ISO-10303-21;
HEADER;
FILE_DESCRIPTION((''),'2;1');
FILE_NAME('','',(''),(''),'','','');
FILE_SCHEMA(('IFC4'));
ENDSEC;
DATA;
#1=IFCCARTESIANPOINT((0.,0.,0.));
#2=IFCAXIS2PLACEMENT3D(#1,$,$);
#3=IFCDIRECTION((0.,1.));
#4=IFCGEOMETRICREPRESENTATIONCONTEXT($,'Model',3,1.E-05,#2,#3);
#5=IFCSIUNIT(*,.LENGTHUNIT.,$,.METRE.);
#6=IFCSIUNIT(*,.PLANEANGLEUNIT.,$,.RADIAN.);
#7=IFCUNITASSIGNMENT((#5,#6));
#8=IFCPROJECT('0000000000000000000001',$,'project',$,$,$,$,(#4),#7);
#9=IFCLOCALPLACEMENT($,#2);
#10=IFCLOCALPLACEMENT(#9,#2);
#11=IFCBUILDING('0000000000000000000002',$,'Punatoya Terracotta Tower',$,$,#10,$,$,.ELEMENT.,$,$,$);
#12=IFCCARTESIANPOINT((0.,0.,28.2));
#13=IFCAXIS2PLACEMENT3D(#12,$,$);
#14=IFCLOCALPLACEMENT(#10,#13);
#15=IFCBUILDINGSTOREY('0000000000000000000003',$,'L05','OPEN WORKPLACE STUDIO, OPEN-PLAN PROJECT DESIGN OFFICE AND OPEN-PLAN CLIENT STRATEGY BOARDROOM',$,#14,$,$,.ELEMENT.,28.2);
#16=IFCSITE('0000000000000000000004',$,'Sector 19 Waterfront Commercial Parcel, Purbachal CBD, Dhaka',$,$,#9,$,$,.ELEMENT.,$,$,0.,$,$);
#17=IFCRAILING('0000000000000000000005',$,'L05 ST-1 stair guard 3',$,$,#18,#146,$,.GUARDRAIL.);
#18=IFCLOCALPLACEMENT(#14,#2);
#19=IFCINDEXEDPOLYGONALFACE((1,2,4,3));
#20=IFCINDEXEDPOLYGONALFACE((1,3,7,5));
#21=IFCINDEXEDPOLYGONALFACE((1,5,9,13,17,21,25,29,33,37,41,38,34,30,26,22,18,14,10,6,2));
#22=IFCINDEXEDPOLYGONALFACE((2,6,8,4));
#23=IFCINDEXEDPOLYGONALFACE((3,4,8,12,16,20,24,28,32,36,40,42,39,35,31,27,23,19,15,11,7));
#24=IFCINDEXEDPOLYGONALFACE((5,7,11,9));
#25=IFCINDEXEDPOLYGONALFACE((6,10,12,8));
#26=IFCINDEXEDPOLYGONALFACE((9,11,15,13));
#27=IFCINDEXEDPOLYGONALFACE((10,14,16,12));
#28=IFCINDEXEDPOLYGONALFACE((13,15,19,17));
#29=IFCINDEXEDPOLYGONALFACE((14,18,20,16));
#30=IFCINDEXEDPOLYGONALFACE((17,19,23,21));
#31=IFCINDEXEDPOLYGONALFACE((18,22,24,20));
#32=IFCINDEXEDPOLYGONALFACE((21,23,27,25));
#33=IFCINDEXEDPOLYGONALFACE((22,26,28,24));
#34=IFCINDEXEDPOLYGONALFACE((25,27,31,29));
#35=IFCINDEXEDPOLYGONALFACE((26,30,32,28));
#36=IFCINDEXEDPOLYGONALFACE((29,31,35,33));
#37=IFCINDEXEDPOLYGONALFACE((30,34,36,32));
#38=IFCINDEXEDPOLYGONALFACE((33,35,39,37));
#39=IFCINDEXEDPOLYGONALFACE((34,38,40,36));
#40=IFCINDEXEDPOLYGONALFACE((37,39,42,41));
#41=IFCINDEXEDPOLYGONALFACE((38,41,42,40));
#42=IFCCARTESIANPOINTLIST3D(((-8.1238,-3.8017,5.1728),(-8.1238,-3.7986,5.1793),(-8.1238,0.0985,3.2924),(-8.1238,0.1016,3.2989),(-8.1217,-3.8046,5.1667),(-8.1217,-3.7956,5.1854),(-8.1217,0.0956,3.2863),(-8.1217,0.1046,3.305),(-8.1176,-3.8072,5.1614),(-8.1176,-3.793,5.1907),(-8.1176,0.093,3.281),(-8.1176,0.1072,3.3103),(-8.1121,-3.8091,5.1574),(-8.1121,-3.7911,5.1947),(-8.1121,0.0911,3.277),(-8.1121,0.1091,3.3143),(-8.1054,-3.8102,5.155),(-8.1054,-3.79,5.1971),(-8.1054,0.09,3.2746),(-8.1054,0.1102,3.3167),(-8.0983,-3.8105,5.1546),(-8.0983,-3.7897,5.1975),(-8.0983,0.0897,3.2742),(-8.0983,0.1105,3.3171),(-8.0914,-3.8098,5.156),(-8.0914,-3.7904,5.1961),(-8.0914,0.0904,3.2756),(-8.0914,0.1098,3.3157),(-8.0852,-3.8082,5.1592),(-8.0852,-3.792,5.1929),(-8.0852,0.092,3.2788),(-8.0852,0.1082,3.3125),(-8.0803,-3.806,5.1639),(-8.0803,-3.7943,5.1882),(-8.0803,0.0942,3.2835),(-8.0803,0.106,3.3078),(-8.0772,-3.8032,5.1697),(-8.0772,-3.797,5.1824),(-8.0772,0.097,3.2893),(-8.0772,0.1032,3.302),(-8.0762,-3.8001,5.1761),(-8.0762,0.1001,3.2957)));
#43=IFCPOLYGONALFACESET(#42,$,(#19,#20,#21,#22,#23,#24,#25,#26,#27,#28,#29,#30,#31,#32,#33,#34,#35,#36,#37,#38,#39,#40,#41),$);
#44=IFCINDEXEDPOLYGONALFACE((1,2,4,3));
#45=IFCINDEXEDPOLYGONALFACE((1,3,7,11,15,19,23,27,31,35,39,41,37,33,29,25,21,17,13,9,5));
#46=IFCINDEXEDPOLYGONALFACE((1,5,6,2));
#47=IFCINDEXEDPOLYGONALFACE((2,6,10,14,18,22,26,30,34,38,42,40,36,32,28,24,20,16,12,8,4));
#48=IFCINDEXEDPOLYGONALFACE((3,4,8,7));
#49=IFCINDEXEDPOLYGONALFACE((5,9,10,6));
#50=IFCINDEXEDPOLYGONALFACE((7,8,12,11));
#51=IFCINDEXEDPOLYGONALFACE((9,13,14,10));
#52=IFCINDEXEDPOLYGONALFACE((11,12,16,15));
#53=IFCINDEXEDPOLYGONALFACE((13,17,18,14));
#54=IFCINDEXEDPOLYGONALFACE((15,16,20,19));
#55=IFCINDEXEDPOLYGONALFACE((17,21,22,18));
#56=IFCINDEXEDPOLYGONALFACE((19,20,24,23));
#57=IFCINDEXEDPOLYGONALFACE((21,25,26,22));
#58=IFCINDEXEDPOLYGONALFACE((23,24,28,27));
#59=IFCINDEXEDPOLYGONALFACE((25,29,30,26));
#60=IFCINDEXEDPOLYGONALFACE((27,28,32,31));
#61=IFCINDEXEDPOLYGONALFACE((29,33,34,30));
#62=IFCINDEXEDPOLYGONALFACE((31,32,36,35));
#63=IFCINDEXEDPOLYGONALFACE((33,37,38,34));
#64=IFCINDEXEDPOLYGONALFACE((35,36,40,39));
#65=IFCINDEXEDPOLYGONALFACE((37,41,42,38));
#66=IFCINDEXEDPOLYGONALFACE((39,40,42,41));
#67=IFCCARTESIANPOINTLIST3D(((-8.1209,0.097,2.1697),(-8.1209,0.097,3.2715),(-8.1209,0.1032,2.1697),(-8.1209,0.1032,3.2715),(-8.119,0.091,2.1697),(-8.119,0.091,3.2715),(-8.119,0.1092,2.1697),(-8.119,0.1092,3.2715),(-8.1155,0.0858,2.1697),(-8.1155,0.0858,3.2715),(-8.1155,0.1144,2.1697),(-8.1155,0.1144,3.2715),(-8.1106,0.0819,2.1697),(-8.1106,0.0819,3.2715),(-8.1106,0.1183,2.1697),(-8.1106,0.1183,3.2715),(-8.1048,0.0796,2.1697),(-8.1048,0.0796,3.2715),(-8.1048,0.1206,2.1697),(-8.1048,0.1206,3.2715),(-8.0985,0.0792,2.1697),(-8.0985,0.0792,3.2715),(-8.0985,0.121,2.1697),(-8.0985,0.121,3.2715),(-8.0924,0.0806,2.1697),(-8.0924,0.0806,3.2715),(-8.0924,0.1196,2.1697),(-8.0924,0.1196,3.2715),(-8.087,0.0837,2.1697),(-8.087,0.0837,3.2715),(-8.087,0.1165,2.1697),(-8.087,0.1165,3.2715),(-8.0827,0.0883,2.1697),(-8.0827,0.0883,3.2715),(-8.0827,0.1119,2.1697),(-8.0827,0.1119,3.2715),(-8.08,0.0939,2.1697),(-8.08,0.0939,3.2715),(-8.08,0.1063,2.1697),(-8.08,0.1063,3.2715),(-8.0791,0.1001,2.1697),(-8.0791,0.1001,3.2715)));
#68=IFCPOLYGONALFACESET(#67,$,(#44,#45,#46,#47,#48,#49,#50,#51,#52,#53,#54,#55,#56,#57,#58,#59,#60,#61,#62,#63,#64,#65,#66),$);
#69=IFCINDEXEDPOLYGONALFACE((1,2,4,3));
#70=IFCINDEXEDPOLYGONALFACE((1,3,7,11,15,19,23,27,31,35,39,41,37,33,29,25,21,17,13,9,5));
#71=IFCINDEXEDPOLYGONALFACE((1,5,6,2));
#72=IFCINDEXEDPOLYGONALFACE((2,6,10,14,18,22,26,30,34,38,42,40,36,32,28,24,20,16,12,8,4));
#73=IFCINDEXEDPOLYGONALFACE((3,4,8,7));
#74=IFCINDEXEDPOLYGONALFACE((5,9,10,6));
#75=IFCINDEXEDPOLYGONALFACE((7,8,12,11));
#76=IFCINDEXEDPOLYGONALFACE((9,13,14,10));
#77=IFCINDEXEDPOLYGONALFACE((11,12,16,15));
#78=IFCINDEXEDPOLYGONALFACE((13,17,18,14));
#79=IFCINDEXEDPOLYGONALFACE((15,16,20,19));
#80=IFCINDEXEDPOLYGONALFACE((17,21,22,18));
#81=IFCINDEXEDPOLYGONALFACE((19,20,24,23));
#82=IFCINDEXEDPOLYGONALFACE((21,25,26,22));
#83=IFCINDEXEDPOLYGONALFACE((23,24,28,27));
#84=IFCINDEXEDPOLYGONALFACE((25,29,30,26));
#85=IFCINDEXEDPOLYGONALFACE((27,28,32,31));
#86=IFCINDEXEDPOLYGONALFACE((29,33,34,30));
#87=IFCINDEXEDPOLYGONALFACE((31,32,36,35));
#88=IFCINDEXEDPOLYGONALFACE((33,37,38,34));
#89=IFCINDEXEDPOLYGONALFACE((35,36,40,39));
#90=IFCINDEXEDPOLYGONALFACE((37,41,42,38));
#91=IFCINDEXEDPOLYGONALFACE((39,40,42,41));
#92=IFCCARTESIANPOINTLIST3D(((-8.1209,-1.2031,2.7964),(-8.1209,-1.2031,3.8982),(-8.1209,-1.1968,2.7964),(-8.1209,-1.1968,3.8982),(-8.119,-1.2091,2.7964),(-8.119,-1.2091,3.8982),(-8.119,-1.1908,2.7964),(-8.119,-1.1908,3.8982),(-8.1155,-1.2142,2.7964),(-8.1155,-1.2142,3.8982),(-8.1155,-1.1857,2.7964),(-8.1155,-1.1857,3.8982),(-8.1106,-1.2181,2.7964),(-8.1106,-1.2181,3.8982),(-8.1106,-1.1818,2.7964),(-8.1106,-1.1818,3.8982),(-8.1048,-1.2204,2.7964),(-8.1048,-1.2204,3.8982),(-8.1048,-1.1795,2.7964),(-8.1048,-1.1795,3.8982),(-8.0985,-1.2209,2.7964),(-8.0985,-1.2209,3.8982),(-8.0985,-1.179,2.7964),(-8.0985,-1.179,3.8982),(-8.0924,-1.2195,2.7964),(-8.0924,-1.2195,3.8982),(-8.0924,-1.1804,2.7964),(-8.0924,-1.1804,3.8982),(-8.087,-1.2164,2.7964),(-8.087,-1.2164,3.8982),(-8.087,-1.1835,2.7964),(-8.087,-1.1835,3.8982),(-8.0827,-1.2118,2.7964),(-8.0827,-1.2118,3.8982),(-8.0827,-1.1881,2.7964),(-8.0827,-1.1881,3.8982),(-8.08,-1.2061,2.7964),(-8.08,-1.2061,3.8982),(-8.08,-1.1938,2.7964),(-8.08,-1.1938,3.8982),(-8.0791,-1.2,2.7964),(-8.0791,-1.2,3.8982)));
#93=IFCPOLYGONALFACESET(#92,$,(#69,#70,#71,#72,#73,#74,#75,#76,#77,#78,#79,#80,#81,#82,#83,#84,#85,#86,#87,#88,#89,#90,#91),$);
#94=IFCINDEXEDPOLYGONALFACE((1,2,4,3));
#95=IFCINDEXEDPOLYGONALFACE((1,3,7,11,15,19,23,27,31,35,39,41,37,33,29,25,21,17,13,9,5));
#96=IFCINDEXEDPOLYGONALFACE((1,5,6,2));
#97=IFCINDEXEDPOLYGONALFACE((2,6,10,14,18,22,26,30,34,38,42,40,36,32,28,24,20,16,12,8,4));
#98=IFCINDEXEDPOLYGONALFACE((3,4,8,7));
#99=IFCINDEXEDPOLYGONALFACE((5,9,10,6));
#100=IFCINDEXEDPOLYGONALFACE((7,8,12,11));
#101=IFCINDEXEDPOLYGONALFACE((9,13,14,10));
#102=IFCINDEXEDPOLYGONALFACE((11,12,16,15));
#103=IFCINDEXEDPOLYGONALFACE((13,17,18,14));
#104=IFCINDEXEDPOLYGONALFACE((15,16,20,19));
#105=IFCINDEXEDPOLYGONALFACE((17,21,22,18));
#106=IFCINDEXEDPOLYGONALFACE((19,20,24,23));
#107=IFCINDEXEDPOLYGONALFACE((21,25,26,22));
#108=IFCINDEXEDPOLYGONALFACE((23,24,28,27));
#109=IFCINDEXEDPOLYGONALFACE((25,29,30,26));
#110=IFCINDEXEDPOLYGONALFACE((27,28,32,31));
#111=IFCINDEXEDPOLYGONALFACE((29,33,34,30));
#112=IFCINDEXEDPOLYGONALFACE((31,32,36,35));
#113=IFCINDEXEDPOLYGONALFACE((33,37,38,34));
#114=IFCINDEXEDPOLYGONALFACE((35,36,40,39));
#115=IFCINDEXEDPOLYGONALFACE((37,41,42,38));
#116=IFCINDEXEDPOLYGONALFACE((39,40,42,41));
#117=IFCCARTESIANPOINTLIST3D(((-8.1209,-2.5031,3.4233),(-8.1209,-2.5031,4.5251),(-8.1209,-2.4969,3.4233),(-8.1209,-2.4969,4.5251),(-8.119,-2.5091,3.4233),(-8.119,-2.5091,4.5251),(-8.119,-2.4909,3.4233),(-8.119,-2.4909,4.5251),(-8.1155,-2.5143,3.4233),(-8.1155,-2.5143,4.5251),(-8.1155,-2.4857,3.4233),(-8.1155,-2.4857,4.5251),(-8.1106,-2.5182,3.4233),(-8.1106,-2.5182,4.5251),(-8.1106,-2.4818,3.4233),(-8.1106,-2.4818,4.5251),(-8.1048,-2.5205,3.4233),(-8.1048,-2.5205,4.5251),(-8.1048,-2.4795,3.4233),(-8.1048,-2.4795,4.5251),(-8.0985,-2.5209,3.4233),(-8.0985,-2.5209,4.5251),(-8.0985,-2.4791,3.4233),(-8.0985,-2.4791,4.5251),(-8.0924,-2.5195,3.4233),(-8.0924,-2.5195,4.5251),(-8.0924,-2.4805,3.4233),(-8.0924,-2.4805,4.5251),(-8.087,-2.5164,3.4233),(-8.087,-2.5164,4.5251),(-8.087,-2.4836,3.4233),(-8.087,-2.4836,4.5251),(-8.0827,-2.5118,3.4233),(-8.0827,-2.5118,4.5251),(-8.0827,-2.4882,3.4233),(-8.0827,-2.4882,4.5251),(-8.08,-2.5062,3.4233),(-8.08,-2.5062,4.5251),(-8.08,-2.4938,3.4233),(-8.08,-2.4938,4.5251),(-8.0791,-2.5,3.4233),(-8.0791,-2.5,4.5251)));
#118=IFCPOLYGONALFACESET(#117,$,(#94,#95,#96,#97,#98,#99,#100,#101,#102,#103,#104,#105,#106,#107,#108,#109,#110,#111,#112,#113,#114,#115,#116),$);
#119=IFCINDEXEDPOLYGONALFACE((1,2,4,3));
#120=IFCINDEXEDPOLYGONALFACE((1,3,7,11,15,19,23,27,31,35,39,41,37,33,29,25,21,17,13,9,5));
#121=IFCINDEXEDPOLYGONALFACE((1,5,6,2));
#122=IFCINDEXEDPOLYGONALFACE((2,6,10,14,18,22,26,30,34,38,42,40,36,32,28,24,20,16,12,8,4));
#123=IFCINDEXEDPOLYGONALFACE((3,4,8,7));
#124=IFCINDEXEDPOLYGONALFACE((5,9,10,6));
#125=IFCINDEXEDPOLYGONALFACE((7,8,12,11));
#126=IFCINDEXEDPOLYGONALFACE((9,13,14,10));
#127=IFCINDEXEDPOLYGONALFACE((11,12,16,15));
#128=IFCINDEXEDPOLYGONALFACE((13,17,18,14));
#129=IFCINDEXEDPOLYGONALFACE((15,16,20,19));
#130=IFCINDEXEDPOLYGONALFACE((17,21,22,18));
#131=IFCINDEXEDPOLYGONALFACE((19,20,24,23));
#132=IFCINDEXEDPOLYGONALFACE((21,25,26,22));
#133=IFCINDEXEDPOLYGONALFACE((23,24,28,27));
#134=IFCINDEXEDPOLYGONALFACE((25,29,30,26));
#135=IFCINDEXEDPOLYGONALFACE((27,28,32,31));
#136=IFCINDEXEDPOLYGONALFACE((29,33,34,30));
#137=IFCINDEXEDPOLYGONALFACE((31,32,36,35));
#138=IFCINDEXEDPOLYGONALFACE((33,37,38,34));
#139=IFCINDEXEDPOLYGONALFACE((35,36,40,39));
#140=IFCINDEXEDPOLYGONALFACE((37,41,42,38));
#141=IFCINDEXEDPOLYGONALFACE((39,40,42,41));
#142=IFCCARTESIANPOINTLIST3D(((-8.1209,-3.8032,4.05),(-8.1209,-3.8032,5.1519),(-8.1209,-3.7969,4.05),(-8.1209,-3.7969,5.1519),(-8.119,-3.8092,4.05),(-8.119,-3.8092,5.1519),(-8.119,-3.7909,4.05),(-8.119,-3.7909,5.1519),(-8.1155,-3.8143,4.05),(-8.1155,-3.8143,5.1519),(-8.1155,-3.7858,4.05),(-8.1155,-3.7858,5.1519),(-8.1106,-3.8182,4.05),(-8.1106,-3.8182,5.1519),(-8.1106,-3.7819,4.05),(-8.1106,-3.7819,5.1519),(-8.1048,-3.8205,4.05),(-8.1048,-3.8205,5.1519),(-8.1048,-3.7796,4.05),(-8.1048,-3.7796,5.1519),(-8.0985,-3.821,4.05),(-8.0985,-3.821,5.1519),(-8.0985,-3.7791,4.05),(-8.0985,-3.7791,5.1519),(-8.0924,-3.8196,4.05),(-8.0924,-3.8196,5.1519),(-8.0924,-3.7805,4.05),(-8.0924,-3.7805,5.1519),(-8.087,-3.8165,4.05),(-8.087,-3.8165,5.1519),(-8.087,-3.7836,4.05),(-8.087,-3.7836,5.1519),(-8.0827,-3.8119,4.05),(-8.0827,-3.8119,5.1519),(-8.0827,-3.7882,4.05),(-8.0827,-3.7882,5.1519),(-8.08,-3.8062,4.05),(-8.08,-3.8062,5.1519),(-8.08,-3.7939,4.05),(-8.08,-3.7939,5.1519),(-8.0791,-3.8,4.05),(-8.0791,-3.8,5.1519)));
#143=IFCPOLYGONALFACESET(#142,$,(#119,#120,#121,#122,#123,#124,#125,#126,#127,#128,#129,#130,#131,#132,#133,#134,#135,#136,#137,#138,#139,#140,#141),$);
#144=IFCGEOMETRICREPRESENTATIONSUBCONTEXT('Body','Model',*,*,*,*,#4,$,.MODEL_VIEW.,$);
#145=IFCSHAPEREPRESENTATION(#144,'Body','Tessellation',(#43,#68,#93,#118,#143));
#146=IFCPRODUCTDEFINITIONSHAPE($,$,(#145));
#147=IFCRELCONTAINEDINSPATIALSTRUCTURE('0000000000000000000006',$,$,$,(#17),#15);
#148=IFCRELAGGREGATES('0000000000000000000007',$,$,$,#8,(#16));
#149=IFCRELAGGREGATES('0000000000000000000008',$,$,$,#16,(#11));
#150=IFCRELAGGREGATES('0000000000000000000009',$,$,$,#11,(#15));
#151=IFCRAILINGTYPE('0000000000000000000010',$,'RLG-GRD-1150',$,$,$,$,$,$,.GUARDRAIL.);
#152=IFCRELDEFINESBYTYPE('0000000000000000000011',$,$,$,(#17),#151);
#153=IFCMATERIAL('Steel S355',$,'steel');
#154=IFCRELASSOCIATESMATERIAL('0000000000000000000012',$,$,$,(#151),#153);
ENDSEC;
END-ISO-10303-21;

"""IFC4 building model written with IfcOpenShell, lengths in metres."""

from ifc_helpers import new_model, si_unit, direction, frame, origin, origin_2d, place, context, subcontext, project, spatial, circle, extrude, material, type_object, element, save


model = new_model("IFC4")

# Units and contexts
model_context = context("Model", 3, precision=1e-05, world=origin(), true_north=direction((0.0, 1.0)))
body_context = subcontext(model_context, "Body", "Model", "MODEL_VIEW")
ifc_project = project(units=[si_unit("LENGTHUNIT", "METRE"), si_unit("PLANEANGLEUNIT", "RADIAN")], contexts=[model_context])

# Site, building, storey
site_placement = place(None, origin())
site = spatial("IfcSite", under=ifc_project, at=site_placement, Name="Sector 19 Waterfront Commercial Parcel, Purbachal CBD, Dhaka", CompositionType="ELEMENT", RefElevation=0.0)
building_placement = place(site_placement, origin())
building = spatial("IfcBuilding", under=site, at=building_placement, Name="Punatoya Terracotta Tower", CompositionType="ELEMENT")
storey_placement = place(building_placement, frame((0.0, 0.0, 28.2)))
storey = spatial("IfcBuildingStorey", under=building, at=storey_placement, Name="L05", Description="OPEN WORKPLACE STUDIO, OPEN-PLAN PROJECT DESIGN OFFICE AND OPEN-PLAN CLIENT STRATEGY BOARDROOM", CompositionType="ELEMENT", Elevation=28.2)

# Shared definitions
ifc_material_1 = material(Name="Steel S355", Category="steel")

# Railing
railing_type_1 = type_object("IfcRailingType", Name="RLG-GRD-1150", PredefinedType="GUARDRAIL", material=ifc_material_1)
railing_1_placement = place(storey_placement, frame((-8.1001, 0.1001, 2.1697)))
element("IfcRailing", 1, at=railing_1_placement, inside=storey, type_object=railing_type_1, Name="L05 ST-1 stair guard 3", PredefinedType="GUARDRAIL", context=body_context, shape_type="SweptSolid", body=[
    extrude(circle(Radius=0.0239, at=origin_2d()), frame((0.0, 0.0, 1.126), z_axis=(0.0, -0.900774, 0.434289), x_axis=(1.0, 0.0, 0.0)), (0.0, 0.0, 1.0), 4.3298),
    extrude(circle(Radius=0.021, at=origin_2d()), origin(), (0.0, 0.0, 1.0), 1.1018),
    extrude(circle(Radius=0.021, at=origin_2d()), frame((0.0, -1.3, 0.6267)), (0.0, 0.0, 1.0), 1.1018),
    extrude(circle(Radius=0.021, at=origin_2d()), frame((0.0, -2.6001, 1.2537)), (0.0, 0.0, 1.0), 1.1018),
    extrude(circle(Radius=0.021, at=origin_2d()), frame((0.0, -3.9001, 1.8804)), (0.0, 0.0, 1.0), 1.1018),
])

save(model, "model.ifc")
